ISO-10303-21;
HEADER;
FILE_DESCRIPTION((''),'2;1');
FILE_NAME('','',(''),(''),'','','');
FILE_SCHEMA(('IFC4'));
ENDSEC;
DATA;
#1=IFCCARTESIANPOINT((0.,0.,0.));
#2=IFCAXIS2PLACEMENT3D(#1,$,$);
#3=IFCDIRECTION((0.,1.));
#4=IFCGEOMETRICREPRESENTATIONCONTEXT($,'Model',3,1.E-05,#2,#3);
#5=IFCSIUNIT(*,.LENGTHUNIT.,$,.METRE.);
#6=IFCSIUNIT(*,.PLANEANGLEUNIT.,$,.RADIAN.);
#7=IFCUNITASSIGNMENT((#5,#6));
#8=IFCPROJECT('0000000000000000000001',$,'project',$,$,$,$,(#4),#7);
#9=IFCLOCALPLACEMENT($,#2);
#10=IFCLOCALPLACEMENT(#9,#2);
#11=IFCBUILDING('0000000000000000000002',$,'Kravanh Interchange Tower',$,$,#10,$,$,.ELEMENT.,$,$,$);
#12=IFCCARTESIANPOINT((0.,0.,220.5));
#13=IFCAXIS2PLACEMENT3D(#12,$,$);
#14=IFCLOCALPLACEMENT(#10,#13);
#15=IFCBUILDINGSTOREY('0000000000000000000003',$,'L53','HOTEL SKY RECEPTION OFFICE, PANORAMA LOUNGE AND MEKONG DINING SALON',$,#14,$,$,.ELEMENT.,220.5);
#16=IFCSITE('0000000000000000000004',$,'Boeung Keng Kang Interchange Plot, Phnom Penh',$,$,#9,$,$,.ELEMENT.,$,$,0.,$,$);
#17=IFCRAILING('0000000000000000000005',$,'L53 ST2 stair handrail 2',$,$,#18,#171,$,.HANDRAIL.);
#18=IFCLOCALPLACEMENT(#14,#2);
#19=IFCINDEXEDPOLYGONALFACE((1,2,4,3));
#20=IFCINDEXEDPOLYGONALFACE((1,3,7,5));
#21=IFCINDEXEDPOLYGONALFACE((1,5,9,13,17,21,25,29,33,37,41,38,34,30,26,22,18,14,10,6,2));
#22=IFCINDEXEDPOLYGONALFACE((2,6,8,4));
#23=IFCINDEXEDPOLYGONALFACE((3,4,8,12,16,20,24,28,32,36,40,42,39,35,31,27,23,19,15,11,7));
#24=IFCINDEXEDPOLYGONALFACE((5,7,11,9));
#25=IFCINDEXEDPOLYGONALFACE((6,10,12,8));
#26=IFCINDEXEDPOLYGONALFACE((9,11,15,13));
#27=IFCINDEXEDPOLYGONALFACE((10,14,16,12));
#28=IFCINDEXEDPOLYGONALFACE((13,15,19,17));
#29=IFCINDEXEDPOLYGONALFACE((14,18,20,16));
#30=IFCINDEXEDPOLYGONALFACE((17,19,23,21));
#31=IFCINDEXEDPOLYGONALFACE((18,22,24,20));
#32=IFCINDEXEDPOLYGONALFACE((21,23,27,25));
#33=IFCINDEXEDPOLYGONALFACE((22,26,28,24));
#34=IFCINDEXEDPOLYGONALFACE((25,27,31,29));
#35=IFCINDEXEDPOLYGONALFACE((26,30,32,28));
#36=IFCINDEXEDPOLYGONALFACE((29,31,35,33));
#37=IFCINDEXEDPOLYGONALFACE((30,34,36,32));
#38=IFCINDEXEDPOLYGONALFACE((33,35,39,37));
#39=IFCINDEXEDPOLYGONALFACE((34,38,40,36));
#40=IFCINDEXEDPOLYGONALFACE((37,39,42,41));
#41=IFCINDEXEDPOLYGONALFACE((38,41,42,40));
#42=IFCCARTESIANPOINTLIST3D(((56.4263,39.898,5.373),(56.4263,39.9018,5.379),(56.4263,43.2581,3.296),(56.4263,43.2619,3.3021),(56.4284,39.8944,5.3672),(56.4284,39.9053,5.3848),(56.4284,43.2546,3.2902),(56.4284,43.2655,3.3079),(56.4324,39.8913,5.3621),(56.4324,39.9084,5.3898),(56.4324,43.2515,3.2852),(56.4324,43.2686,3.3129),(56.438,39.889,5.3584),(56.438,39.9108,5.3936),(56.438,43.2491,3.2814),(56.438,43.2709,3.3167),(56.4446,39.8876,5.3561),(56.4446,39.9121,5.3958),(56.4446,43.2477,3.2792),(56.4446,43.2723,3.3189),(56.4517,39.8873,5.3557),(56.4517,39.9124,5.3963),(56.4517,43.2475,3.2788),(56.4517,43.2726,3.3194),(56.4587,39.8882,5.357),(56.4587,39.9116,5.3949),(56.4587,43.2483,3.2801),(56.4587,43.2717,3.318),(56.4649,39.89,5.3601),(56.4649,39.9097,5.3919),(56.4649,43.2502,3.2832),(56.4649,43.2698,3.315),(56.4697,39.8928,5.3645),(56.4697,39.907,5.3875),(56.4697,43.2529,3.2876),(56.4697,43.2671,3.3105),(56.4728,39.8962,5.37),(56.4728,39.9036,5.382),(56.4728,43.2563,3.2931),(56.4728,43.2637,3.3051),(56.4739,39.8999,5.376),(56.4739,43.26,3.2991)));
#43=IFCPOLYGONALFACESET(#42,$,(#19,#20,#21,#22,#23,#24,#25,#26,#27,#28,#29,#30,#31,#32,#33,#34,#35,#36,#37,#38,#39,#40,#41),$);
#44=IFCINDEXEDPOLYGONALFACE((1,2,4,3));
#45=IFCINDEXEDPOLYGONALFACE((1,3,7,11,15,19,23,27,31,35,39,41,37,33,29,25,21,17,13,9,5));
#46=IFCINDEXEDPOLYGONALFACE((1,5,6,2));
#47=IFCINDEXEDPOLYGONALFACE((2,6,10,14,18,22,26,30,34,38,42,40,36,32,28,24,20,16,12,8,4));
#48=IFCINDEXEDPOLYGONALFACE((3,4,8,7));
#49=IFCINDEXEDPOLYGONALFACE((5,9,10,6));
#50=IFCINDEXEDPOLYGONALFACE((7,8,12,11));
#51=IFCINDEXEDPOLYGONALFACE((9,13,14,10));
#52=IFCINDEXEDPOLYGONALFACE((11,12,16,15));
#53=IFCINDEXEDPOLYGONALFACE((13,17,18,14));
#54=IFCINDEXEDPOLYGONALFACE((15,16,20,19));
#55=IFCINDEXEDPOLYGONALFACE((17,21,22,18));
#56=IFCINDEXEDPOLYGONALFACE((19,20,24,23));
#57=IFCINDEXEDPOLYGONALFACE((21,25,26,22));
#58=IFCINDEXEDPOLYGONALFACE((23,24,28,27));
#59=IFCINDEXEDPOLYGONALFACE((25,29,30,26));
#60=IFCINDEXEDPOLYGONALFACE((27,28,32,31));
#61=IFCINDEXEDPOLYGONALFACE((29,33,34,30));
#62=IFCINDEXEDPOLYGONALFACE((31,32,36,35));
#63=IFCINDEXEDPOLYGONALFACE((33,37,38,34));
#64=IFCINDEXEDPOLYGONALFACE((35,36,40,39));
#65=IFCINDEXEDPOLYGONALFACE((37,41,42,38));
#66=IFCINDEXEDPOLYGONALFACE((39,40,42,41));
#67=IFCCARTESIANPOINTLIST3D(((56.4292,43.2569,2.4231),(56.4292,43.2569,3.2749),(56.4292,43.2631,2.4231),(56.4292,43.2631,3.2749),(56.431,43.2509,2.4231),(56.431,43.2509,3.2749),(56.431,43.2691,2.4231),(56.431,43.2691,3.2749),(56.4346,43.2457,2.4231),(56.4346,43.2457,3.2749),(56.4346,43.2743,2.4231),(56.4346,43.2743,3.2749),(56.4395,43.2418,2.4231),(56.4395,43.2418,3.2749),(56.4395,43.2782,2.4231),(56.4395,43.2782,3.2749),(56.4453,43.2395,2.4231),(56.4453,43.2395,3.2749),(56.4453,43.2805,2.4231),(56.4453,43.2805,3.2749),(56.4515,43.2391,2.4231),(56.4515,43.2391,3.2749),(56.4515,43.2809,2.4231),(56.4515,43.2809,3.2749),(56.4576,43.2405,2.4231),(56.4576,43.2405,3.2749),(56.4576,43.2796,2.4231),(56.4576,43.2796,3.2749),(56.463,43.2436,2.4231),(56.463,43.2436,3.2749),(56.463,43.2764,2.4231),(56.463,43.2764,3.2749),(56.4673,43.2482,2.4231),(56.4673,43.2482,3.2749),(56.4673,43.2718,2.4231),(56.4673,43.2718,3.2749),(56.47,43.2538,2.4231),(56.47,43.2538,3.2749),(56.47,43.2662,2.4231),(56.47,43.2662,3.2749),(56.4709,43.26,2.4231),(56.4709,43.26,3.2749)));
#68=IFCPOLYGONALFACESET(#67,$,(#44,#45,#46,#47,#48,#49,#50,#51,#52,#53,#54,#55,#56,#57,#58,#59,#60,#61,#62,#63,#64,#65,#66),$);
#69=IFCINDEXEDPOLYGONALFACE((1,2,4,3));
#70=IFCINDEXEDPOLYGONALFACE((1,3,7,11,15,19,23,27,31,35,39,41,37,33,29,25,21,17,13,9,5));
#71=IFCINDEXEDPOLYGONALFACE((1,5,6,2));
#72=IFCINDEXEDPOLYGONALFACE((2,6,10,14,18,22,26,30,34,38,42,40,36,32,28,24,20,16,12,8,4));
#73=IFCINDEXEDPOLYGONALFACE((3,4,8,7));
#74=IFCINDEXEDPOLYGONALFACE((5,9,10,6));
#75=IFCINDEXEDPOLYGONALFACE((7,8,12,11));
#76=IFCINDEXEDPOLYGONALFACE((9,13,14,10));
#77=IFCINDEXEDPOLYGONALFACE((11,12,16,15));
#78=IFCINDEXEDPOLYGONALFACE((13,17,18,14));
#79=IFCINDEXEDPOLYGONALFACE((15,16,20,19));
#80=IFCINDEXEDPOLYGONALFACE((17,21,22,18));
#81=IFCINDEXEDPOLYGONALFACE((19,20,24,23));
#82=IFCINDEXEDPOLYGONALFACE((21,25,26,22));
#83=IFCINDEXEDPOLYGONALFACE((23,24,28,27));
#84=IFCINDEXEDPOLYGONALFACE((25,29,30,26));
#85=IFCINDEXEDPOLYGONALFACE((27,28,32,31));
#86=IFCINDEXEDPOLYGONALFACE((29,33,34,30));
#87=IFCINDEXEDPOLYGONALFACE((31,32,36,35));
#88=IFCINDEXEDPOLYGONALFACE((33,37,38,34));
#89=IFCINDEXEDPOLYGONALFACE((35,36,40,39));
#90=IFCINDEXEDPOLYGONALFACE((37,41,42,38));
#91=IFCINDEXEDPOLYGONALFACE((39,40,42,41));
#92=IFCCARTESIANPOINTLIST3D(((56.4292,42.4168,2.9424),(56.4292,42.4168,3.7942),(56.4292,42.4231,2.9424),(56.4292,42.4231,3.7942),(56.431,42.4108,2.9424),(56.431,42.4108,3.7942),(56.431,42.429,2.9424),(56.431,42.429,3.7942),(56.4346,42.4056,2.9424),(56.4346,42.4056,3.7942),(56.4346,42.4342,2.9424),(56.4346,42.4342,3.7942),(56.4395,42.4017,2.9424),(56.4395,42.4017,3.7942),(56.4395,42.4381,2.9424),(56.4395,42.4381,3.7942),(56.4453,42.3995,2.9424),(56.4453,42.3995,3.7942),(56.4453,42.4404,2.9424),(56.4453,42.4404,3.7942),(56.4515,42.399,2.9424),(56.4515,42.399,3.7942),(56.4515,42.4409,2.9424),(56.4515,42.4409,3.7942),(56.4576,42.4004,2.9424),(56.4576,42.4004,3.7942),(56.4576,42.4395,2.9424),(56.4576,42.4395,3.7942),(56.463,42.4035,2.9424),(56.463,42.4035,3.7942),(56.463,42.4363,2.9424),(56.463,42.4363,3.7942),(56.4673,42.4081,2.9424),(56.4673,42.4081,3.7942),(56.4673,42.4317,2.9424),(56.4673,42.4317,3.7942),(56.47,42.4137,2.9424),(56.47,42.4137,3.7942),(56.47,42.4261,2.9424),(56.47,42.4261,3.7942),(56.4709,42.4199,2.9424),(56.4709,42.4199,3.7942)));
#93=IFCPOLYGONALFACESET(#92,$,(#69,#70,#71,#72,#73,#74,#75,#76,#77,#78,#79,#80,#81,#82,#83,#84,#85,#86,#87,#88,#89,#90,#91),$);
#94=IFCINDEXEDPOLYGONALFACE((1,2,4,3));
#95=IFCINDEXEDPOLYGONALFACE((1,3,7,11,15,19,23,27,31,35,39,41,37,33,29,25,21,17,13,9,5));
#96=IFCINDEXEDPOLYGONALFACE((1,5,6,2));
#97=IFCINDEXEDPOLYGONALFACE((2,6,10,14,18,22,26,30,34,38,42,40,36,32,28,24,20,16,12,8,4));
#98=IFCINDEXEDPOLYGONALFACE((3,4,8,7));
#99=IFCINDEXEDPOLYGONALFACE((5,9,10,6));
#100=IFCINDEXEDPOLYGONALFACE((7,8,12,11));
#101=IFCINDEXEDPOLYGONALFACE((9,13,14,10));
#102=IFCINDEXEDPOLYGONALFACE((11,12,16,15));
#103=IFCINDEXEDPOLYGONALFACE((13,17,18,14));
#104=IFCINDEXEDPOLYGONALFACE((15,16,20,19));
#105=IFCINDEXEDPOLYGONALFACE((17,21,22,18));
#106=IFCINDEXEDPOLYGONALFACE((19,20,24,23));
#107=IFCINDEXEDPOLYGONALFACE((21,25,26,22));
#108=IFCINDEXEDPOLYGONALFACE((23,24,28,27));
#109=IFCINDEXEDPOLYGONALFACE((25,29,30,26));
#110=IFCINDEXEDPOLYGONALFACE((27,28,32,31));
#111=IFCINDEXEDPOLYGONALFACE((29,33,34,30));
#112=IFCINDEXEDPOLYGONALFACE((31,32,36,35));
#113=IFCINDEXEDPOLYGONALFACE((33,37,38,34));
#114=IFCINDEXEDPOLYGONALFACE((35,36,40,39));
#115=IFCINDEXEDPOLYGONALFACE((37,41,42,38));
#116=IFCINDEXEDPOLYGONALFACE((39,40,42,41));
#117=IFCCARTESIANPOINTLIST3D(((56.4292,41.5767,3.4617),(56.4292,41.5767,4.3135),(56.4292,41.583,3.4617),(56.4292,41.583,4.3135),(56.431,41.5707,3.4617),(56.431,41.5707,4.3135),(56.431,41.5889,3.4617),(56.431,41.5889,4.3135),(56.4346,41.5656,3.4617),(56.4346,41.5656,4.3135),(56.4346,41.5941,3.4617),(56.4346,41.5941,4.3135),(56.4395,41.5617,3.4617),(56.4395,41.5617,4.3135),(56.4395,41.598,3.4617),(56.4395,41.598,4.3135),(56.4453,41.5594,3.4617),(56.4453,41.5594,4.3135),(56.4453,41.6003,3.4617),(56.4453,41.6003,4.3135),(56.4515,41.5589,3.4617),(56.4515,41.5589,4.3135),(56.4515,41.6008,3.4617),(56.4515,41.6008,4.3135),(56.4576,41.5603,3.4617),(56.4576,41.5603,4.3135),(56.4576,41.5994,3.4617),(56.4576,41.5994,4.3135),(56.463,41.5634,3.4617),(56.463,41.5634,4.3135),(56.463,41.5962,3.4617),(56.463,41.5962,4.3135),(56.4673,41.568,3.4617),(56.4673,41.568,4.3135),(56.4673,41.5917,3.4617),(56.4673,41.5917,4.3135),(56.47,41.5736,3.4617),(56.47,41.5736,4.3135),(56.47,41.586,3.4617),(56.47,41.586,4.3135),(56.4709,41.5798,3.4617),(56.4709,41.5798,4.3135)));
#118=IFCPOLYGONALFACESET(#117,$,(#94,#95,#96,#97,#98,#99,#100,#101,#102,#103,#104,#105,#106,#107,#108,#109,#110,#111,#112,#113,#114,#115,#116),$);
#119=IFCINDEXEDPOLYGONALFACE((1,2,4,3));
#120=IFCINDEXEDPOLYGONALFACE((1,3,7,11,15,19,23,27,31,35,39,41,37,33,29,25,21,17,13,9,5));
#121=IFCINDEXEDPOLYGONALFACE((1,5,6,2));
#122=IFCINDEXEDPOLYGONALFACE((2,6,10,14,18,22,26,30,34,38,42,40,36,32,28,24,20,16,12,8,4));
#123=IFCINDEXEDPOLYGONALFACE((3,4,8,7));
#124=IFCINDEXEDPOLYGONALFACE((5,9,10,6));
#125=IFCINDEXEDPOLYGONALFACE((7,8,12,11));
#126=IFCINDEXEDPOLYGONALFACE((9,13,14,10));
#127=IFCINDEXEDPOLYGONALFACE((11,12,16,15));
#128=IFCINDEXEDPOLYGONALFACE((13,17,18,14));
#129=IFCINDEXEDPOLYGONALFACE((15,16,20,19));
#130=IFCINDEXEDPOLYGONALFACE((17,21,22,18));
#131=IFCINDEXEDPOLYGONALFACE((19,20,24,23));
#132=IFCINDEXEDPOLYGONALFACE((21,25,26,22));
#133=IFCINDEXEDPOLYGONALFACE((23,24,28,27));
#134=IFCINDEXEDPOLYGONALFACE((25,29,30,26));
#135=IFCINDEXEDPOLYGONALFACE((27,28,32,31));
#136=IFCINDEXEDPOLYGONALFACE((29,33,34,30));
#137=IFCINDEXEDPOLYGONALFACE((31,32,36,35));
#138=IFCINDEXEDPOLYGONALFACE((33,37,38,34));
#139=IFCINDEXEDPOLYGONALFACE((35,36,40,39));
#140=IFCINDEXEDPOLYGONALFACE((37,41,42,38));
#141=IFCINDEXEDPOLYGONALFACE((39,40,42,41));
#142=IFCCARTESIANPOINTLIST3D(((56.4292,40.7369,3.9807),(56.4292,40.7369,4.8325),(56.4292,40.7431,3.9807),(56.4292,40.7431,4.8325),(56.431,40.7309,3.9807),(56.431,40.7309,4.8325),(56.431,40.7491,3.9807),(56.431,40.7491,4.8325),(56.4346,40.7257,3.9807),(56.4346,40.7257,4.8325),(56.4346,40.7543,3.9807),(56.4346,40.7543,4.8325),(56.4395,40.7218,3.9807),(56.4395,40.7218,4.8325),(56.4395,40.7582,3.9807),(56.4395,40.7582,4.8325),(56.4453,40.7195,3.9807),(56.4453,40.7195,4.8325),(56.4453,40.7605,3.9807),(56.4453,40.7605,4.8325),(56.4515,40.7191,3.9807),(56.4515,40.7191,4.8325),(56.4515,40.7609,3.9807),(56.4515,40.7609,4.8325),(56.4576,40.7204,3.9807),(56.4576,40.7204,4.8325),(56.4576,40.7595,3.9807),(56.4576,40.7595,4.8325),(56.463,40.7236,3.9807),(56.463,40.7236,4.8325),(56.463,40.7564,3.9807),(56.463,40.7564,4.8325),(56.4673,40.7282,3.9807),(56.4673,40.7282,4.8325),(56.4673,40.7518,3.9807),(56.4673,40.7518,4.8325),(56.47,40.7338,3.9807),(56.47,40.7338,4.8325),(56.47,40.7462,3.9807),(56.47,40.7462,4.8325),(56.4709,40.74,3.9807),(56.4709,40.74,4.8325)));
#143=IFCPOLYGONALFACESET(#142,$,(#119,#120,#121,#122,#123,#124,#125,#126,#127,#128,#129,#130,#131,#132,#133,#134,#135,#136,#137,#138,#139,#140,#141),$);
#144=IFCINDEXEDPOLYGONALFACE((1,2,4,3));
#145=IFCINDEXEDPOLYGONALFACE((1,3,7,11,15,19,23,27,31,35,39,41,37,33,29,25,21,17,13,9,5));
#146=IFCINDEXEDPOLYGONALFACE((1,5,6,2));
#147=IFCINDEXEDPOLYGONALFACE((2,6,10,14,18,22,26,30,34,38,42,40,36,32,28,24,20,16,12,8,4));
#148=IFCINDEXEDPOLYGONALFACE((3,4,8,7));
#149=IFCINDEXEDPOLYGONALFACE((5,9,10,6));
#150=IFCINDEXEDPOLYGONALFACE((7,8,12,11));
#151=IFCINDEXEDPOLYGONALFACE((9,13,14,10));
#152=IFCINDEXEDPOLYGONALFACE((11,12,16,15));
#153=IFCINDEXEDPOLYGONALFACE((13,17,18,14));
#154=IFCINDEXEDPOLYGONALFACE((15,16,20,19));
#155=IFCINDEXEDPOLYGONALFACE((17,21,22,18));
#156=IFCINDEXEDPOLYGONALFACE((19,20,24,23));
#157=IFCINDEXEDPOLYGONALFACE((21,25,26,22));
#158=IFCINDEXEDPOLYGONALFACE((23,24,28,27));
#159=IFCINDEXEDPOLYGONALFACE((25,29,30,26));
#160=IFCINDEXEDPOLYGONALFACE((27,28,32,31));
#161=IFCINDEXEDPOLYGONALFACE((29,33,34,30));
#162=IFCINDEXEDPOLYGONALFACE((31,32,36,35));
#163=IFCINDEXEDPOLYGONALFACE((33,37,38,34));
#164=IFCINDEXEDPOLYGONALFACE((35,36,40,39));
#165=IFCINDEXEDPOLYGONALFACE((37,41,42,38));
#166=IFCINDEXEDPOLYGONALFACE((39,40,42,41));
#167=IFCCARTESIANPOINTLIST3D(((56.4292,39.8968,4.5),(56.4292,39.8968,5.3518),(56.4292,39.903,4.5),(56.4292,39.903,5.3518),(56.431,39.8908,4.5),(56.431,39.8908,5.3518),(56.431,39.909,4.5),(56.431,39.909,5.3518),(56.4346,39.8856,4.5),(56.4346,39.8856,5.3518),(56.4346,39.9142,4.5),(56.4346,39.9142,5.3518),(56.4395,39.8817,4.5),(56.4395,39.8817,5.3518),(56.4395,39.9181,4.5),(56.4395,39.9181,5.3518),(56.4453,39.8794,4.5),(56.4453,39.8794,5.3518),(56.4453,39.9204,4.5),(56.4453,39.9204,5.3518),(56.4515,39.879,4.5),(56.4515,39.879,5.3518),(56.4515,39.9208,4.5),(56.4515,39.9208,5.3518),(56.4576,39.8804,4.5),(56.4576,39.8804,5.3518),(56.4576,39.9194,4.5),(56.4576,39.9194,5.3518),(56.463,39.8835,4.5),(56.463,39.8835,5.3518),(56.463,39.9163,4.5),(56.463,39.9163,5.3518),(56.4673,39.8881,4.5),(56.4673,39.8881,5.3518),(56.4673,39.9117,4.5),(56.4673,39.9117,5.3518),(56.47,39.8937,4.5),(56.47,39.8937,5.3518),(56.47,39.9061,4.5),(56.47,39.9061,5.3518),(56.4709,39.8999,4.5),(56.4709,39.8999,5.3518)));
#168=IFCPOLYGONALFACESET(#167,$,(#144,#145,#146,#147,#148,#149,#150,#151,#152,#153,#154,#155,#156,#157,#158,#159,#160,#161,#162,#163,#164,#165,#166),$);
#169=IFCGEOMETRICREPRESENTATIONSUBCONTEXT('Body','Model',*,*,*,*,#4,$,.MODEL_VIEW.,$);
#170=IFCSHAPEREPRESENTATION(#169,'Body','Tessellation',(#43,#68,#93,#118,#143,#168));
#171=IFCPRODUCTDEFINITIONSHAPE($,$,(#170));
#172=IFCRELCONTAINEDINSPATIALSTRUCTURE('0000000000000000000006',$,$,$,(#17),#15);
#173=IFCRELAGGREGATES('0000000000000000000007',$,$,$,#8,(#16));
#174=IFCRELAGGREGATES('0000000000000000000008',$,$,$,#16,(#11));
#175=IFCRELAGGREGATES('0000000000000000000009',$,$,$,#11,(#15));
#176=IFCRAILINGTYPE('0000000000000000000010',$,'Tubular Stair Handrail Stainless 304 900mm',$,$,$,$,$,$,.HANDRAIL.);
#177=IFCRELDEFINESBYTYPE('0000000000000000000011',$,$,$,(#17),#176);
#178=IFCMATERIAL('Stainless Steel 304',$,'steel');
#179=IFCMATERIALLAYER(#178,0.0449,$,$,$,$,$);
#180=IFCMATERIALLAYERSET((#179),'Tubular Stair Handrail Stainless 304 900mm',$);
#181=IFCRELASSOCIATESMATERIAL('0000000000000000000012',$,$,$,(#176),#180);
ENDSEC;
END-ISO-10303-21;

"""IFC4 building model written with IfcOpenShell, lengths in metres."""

from ifc_helpers import new_model, si_unit, direction, frame, origin, origin_2d, place, context, subcontext, project, spatial, circle, extrude, material, layer, layer_set, type_object, element, save


model = new_model("IFC4")

# Units and contexts
model_context = context("Model", 3, precision=1e-05, world=origin(), true_north=direction((0.0, 1.0)))
body_context = subcontext(model_context, "Body", "Model", "MODEL_VIEW")
ifc_project = project(units=[si_unit("LENGTHUNIT", "METRE"), si_unit("PLANEANGLEUNIT", "RADIAN")], contexts=[model_context])

# Site, building, storey
site_placement = place(None, origin())
site = spatial("IfcSite", under=ifc_project, at=site_placement, Name="Boeung Keng Kang Interchange Plot, Phnom Penh", CompositionType="ELEMENT", RefElevation=0.0)
building_placement = place(site_placement, origin())
building = spatial("IfcBuilding", under=site, at=building_placement, Name="Kravanh Interchange Tower", CompositionType="ELEMENT")
storey_placement = place(building_placement, frame((0.0, 0.0, 220.5)))
storey = spatial("IfcBuildingStorey", under=building, at=storey_placement, Name="L53", Description="HOTEL SKY RECEPTION OFFICE, PANORAMA LOUNGE AND MEKONG DINING SALON", CompositionType="ELEMENT", Elevation=220.5)

# Railing
ifc_material_1 = material(Name="Stainless Steel 304", Category="steel")
ifc_layer_1 = layer(ifc_material_1, 0.0449)
ifc_layer_set_1 = layer_set([ifc_layer_1], Name="Tubular Stair Handrail Stainless 304 900mm")
railing_type = type_object("IfcRailingType", Name="Tubular Stair Handrail Stainless 304 900mm", PredefinedType="HANDRAIL", material=ifc_layer_set_1)
railing_placement = place(storey_placement, frame((56.45, 43.26, 2.4231)))
element("IfcRailing", 1, at=railing_placement, inside=storey, type_object=railing_type, Name="L53 ST2 stair handrail 2", PredefinedType="HANDRAIL", context=body_context, shape_type="SweptSolid", body=[
    extrude(circle(Radius=0.0239, at=origin_2d()), frame((0.0, 0.0, 0.876), z_axis=(0.0, -0.850623, 0.525776), x_axis=(1.0, 0.0, 0.0)), (0.0, 0.0, 1.0), 3.9502),
    extrude(circle(Radius=0.021, at=origin_2d()), origin(), (0.0, 0.0, 1.0), 0.8518),
    extrude(circle(Radius=0.021, at=origin_2d()), frame((0.0, -0.8401, 0.5193)), (0.0, 0.0, 1.0), 0.8518),
    extrude(circle(Radius=0.021, at=origin_2d()), frame((0.0, -1.6802, 1.0386)), (0.0, 0.0, 1.0), 0.8518),
    extrude(circle(Radius=0.021, at=origin_2d()), frame((0.0, -2.52, 1.5576)), (0.0, 0.0, 1.0), 0.8518),
    extrude(circle(Radius=0.021, at=origin_2d()), frame((0.0, -3.3601, 2.0769)), (0.0, 0.0, 1.0), 0.8518),
])

save(model, "model.ifc")
